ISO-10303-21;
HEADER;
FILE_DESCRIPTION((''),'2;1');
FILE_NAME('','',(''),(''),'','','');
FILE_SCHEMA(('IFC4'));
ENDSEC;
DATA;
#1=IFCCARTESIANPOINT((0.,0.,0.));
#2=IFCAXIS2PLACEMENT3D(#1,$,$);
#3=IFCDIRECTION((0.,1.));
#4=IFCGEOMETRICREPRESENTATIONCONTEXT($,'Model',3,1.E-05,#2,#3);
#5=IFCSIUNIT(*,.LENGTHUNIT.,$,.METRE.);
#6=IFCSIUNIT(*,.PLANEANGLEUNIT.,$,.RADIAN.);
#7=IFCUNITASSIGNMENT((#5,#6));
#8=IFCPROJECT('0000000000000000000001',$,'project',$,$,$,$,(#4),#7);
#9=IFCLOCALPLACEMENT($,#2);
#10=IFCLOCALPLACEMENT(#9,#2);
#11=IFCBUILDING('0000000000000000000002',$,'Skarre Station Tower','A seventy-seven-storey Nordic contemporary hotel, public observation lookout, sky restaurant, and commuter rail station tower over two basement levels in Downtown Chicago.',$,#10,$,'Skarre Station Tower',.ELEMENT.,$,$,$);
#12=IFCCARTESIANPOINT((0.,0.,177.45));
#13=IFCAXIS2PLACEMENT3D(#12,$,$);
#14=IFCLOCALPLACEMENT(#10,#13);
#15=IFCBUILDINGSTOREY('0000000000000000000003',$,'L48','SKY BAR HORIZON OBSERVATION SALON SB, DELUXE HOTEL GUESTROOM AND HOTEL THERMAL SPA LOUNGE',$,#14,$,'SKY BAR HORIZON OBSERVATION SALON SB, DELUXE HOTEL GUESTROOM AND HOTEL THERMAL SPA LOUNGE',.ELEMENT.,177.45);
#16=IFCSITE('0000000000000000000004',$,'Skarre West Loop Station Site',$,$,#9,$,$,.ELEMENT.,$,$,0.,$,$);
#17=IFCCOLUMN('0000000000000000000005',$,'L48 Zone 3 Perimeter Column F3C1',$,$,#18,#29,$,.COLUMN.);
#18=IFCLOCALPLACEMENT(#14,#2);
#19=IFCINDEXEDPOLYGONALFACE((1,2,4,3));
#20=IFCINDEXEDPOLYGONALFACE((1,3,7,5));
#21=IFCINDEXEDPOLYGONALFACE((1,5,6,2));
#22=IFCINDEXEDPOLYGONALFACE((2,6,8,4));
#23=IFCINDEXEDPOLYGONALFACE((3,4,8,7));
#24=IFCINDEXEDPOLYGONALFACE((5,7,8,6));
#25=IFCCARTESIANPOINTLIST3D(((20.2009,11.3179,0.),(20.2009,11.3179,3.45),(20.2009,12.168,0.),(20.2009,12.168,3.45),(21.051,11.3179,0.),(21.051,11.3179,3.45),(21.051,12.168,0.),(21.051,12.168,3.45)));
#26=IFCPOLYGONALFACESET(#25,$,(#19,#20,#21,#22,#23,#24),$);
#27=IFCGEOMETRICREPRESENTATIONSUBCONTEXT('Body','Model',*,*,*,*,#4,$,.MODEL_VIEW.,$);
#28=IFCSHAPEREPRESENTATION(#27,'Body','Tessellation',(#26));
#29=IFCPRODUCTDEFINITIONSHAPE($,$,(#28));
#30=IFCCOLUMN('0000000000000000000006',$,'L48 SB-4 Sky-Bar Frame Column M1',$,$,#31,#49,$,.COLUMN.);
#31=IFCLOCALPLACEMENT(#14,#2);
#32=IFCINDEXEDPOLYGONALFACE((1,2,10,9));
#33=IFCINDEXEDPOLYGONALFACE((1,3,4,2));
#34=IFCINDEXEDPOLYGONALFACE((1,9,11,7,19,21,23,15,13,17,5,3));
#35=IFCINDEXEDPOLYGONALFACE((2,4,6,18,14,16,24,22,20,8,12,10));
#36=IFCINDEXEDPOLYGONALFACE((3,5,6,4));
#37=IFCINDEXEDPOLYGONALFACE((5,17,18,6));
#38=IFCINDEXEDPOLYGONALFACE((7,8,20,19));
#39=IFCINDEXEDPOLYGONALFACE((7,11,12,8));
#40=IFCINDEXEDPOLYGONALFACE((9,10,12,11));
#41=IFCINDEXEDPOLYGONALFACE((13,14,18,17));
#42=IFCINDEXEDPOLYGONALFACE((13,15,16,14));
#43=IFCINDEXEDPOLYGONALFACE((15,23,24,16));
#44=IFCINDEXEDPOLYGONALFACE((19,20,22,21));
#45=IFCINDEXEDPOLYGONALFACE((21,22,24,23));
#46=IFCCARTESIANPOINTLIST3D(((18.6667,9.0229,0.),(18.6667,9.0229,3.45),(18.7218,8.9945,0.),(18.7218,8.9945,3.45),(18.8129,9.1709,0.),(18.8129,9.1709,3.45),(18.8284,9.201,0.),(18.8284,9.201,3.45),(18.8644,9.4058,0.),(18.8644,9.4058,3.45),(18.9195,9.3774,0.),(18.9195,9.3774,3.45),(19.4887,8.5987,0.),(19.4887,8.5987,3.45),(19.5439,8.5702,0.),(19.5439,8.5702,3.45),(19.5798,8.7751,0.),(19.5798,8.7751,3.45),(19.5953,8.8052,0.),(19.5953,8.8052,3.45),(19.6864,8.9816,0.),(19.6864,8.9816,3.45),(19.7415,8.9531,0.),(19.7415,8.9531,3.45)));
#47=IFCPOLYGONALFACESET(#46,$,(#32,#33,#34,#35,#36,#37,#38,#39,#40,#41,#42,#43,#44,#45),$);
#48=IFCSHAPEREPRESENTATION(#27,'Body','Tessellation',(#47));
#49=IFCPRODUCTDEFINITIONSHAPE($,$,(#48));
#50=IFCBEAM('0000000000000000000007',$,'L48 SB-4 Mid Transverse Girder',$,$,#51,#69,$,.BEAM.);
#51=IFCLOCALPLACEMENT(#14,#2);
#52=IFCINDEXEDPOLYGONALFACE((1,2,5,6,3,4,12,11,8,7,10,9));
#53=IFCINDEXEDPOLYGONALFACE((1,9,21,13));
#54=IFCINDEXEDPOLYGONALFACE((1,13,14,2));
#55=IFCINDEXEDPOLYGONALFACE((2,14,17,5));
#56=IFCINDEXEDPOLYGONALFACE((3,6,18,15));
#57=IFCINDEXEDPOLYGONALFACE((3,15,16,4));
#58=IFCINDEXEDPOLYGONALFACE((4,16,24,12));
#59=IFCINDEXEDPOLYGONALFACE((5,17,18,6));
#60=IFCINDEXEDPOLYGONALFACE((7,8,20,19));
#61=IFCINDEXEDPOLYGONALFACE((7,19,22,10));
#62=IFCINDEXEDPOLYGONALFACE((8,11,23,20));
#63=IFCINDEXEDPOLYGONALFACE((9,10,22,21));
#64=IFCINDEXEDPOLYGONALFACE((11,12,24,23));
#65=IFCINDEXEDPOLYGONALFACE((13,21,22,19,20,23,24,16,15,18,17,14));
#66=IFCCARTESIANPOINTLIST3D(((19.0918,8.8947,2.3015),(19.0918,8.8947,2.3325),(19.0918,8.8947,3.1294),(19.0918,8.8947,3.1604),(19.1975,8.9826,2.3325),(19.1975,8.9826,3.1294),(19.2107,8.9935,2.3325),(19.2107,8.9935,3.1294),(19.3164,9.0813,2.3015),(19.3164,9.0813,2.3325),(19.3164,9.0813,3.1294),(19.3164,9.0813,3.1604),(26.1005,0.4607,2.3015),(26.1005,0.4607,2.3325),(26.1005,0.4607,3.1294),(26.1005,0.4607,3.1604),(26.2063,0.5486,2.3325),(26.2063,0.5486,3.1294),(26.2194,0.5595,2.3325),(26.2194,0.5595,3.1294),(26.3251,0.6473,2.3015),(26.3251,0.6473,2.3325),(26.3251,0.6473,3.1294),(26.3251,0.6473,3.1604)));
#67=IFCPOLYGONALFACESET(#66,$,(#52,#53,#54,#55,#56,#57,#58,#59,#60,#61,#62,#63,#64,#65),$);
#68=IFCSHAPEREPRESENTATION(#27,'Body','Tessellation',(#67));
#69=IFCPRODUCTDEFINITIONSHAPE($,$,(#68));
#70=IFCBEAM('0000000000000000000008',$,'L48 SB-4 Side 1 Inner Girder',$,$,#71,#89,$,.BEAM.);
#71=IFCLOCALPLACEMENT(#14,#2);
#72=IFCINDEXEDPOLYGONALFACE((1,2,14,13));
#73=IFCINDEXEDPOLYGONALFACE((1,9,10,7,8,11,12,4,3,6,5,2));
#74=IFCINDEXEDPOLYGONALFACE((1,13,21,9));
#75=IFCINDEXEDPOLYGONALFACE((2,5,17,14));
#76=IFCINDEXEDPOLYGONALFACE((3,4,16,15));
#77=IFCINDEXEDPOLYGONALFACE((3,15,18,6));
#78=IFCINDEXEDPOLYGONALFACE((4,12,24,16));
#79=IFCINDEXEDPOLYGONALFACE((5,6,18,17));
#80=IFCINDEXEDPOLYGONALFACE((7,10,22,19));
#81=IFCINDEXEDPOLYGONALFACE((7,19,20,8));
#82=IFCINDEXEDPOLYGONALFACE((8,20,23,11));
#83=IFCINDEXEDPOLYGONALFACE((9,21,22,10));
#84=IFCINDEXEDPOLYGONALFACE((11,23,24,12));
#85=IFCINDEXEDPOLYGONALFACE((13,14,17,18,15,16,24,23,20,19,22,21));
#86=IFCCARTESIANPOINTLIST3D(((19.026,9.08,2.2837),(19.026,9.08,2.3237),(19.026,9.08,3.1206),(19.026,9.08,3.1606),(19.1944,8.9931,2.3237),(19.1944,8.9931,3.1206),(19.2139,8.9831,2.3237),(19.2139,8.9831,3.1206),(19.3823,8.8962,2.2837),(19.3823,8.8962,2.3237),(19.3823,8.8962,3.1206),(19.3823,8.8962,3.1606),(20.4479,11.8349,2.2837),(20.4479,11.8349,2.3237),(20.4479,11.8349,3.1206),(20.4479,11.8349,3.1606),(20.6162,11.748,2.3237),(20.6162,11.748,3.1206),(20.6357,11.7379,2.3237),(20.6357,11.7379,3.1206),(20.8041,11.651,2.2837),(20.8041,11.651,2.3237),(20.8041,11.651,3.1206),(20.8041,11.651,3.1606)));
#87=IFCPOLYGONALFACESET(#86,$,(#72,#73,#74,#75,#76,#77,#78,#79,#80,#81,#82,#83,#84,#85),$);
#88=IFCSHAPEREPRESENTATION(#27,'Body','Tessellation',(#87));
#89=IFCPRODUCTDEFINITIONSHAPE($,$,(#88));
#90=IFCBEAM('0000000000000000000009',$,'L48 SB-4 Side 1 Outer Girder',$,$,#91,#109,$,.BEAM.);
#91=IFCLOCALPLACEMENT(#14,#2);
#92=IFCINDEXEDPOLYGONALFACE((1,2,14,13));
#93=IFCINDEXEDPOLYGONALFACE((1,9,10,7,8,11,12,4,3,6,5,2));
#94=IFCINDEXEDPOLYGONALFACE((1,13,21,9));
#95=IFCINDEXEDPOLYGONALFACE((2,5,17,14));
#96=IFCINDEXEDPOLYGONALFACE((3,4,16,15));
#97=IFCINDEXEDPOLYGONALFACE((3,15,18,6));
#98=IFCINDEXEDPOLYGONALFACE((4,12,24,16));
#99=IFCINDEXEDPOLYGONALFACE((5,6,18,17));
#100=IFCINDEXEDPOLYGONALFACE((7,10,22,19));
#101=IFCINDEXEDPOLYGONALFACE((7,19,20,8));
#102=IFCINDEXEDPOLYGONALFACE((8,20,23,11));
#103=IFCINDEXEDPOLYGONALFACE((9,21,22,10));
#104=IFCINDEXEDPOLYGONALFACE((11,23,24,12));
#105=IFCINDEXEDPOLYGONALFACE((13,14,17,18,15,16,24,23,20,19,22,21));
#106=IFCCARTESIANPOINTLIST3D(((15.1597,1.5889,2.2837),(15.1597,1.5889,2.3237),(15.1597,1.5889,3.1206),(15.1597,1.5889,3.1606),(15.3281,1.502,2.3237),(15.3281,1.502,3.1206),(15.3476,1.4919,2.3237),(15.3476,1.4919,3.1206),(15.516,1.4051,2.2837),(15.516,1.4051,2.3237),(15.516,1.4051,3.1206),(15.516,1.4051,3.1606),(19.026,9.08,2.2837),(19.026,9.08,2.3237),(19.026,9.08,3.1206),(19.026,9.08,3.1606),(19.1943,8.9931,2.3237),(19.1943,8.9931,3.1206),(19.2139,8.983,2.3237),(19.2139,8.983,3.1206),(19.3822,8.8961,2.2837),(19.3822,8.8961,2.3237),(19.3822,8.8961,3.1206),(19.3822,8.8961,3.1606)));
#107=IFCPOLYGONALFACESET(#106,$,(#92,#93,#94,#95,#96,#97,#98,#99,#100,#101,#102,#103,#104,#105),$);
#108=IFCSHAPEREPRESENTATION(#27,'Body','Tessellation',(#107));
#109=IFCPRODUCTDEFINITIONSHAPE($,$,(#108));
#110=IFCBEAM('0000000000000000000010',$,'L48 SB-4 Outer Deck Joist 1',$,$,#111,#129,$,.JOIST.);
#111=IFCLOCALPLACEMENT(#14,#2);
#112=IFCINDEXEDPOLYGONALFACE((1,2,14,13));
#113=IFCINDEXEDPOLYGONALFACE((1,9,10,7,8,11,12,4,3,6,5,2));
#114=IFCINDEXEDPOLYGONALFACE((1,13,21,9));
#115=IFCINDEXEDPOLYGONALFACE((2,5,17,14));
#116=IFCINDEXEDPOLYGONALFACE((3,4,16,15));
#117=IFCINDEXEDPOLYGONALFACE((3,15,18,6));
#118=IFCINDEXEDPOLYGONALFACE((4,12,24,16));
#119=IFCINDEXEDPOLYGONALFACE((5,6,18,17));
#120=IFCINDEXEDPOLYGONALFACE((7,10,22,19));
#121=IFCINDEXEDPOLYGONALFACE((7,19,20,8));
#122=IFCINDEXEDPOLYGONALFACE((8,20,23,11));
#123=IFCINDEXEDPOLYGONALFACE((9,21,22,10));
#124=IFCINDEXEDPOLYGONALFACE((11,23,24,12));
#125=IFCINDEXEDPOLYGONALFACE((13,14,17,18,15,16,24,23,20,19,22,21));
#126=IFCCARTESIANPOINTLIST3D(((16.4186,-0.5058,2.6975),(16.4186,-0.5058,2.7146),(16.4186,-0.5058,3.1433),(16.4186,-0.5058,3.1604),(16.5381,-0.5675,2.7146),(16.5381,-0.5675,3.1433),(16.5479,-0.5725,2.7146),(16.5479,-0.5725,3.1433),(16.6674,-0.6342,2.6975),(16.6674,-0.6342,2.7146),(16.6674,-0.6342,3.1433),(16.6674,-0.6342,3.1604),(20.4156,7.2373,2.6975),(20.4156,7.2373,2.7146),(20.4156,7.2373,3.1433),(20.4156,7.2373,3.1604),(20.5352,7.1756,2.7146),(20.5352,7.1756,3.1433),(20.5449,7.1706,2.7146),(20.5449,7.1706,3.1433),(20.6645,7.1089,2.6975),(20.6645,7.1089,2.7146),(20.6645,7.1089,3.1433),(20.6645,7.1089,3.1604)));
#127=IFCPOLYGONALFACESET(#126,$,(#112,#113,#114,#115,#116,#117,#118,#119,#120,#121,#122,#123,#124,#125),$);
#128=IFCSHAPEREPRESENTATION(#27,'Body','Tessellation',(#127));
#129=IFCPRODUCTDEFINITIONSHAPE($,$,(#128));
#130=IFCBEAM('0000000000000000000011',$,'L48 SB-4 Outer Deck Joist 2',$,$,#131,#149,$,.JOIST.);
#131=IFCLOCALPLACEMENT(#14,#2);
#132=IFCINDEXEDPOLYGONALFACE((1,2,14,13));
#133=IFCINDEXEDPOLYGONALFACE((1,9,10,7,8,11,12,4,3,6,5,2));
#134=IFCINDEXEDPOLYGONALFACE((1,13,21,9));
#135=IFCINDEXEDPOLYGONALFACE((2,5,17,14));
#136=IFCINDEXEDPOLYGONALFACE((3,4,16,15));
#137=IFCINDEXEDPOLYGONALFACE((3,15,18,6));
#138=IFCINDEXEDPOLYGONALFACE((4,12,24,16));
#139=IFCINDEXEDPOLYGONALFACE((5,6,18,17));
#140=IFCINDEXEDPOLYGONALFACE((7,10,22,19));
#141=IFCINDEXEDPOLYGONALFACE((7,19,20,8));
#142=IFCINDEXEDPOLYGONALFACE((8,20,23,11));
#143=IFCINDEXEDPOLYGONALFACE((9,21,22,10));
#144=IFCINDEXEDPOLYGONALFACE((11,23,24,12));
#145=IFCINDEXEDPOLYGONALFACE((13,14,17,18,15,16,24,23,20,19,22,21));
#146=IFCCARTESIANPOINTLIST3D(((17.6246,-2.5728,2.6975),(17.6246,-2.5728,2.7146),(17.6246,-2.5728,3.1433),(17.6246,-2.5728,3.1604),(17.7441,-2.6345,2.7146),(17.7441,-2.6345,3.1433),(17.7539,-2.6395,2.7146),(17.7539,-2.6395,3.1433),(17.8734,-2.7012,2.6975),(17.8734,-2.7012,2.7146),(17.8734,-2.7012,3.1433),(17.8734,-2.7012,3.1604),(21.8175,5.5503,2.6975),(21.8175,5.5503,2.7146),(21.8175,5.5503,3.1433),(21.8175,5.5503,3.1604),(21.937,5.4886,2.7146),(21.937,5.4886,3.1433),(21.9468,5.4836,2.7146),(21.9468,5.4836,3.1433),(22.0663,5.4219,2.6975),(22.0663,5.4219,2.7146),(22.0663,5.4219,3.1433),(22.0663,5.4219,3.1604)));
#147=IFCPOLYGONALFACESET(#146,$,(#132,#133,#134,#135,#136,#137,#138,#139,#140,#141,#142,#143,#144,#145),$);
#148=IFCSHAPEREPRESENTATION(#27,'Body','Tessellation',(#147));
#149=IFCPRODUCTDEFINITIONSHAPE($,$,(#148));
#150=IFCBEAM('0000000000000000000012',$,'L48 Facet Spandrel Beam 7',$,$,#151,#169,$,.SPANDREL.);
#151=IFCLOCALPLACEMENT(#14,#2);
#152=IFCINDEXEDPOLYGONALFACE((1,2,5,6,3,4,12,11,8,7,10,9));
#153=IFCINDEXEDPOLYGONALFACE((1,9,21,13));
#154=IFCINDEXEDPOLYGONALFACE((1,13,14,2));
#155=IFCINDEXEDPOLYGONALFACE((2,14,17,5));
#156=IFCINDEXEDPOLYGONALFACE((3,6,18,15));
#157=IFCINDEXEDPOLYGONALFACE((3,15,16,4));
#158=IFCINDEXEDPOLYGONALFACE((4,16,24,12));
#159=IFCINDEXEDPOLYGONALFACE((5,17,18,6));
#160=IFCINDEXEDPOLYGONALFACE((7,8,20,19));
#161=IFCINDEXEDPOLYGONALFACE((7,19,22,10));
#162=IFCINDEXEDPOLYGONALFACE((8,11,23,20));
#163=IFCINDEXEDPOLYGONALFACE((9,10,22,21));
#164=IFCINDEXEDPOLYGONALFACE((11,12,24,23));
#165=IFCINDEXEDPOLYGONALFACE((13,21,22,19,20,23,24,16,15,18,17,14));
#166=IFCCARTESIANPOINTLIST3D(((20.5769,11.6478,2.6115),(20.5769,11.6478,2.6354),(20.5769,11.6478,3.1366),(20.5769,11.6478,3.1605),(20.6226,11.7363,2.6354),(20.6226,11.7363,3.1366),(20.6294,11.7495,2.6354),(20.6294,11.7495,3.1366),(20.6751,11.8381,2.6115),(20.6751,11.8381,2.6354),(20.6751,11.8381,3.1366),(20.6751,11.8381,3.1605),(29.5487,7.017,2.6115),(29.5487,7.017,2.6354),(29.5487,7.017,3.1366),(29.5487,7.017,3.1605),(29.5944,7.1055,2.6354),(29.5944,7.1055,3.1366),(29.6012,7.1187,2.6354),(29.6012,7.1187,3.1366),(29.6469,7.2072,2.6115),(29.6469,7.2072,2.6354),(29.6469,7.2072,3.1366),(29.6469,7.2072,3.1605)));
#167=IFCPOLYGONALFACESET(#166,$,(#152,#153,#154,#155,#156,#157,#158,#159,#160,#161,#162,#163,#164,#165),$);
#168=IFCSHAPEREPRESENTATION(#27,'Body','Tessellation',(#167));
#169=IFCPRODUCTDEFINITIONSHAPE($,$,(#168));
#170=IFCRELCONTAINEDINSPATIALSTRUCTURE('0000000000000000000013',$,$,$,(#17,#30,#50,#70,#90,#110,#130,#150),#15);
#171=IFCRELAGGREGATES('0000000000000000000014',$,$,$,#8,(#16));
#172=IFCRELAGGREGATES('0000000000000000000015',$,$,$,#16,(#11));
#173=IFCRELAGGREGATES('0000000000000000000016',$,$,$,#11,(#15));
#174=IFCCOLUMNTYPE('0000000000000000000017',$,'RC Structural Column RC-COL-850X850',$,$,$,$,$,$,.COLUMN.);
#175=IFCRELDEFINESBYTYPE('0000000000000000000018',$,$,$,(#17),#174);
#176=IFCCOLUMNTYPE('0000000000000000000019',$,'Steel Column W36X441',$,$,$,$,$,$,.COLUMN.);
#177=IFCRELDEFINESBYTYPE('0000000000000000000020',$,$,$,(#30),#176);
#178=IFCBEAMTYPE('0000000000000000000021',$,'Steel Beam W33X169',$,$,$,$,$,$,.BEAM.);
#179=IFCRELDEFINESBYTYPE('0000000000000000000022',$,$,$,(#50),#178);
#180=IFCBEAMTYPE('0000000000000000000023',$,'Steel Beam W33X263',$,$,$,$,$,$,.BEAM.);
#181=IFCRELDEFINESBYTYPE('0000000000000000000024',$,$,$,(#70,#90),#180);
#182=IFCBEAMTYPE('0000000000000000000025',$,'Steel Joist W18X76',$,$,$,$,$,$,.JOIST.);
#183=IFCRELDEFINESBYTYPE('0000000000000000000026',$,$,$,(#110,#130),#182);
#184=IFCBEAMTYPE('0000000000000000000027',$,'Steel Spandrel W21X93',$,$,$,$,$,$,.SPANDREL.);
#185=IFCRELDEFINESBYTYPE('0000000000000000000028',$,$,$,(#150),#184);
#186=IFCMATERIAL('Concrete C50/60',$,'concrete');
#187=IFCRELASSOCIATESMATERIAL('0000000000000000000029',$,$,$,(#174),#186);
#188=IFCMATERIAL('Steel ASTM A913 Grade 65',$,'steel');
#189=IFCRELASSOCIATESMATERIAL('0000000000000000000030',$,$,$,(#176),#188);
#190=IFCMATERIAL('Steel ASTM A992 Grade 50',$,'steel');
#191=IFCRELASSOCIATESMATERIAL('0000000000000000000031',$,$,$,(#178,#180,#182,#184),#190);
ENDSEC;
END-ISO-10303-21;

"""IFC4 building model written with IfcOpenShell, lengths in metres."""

from ifc_helpers import new_model, si_unit, direction, frame, origin, origin_2d, place, context, subcontext, project, spatial, rectangle, i_section, extrude, material, material_profile, profile_set, type_object, element, save


model = new_model("IFC4")

# Units and contexts
model_context = context("Model", 3, precision=1e-05, world=origin(), true_north=direction((0.0, 1.0)))
body_context = subcontext(model_context, "Body", "Model", "MODEL_VIEW")
ifc_project = project(units=[si_unit("LENGTHUNIT", "METRE"), si_unit("PLANEANGLEUNIT", "RADIAN")], contexts=[model_context])

# Site, building, storey
site_placement = place(None, origin())
site = spatial("IfcSite", under=ifc_project, at=site_placement, Name="Skarre West Loop Station Site", CompositionType="ELEMENT", RefElevation=0.0)
building_placement = place(site_placement, origin())
building = spatial("IfcBuilding", under=site, at=building_placement, Name="Skarre Station Tower", Description="A seventy-seven-storey Nordic contemporary hotel, public observation lookout, sky restaurant, and commuter rail station tower over two basement levels in Downtown Chicago.", LongName="Skarre Station Tower", CompositionType="ELEMENT")
storey_placement = place(building_placement, frame((0.0, 0.0, 177.45)))
storey = spatial("IfcBuildingStorey", under=building, at=storey_placement, Name="L48", Description="SKY BAR HORIZON OBSERVATION SALON SB, DELUXE HOTEL GUESTROOM AND HOTEL THERMAL SPA LOUNGE", LongName="SKY BAR HORIZON OBSERVATION SALON SB, DELUXE HOTEL GUESTROOM AND HOTEL THERMAL SPA LOUNGE", CompositionType="ELEMENT", Elevation=177.45)

# Columns
ifc_material_1 = material(Name="Concrete C50/60", Category="concrete")
ifc_material_profile_1 = material_profile(ifc_material_1, rectangle(XDim=0.8501, YDim=0.8501, at=origin_2d()), Name="Concrete C50/60")
ifc_profile_set_1 = profile_set([ifc_material_profile_1], Name="Concrete C50/60")
column_type_1 = type_object("IfcColumnType", Name="RC Structural Column RC-COL-850X850", PredefinedType="COLUMN", material=ifc_profile_set_1)
column_1_placement = place(storey_placement, frame((20.626, 11.7429, 0.0), z_axis=(0.0, 0.0, 1.0), x_axis=(1.0, 0.0, 0.0)))
element("IfcColumn", 1, at=column_1_placement, inside=storey, type_object=column_type_1, Name="L48 Zone 3 Perimeter Column F3C1", PredefinedType="COLUMN", context=body_context, shape_type="SweptSolid", body=[
    extrude(rectangle(XDim=0.8501, YDim=0.8501, at=origin_2d()), origin(), (0.0, 0.0, 1.0), 3.45),
])
ifc_material_2 = material(Name="Steel ASTM A913 Grade 65", Category="steel")
ifc_material_profile_2 = material_profile(ifc_material_2, i_section(OverallWidth=0.4309, OverallDepth=0.9871, WebThickness=0.0339, FlangeThickness=0.062, at=origin_2d()), Name="Steel ASTM A913 Grade 65")
ifc_profile_set_2 = profile_set([ifc_material_profile_2], Name="Steel ASTM A913 Grade 65")
column_type_2 = type_object("IfcColumnType", Name="Steel Column W36X441", PredefinedType="COLUMN", material=ifc_profile_set_2)
column_2_placement = place(storey_placement, frame((19.2041, 8.988, 0.0), z_axis=(0.0, 0.0, 1.0), x_axis=(-0.458634, -0.888625, 0.0)))
element("IfcColumn", 2, at=column_2_placement, inside=storey, type_object=column_type_2, Name="L48 SB-4 Sky-Bar Frame Column M1", PredefinedType="COLUMN", context=body_context, shape_type="SweptSolid", body=[
    extrude(i_section(OverallWidth=0.4309, OverallDepth=0.9871, WebThickness=0.0339, FlangeThickness=0.062, at=origin_2d()), origin(), (0.0, 0.0, 1.0), 3.45),
])

# Beams
ifc_material_3 = material(Name="Steel ASTM A992 Grade 50", Category="steel")
ifc_material_profile_3 = material_profile(ifc_material_3, i_section(OverallWidth=0.292, OverallDepth=0.8589, WebThickness=0.0171, FlangeThickness=0.031, at=origin_2d()), Name="Steel ASTM A992 Grade 50")
ifc_profile_set_3 = profile_set([ifc_material_profile_3], Name="Steel ASTM A992 Grade 50")
beam_type_1 = type_object("IfcBeamType", Name="Steel Beam W33X169", PredefinedType="BEAM", material=ifc_profile_set_3)
beam_1_placement = place(storey_placement, frame((19.2041, 8.988, 2.731), z_axis=(0.639128, -0.7691, 0.0), x_axis=(0.7691, 0.639128, 0.0)))
element("IfcBeam", 3, at=beam_1_placement, inside=storey, type_object=beam_type_1, Name="L48 SB-4 Mid Transverse Girder", PredefinedType="BEAM", context=body_context, shape_type="SweptSolid", body=[
    extrude(i_section(OverallWidth=0.292, OverallDepth=0.8589, WebThickness=0.0171, FlangeThickness=0.031, at=origin_2d()), origin(), (0.0, 0.0, 1.0), 10.9661),
])
ifc_material_profile_4 = material_profile(ifc_material_3, i_section(OverallWidth=0.4009, OverallDepth=0.877, WebThickness=0.022, FlangeThickness=0.04, at=origin_2d()), Name="Steel ASTM A992 Grade 50")
ifc_profile_set_4 = profile_set([ifc_material_profile_4], Name="Steel ASTM A992 Grade 50")
beam_type_2 = type_object("IfcBeamType", Name="Steel Beam W33X263", PredefinedType="BEAM", material=ifc_profile_set_4)
beam_2_placement = place(storey_placement, frame((20.626, 11.7429, 2.7222), z_axis=(-0.458643, -0.888621, 0.0), x_axis=(0.888621, -0.458643, 0.0)))
element("IfcBeam", 4, at=beam_2_placement, inside=storey, type_object=beam_type_2, Name="L48 SB-4 Side 1 Inner Girder", PredefinedType="BEAM", context=body_context, shape_type="SweptSolid", body=[
    extrude(i_section(OverallWidth=0.4009, OverallDepth=0.877, WebThickness=0.022, FlangeThickness=0.04, at=origin_2d()), origin(), (0.0, 0.0, 1.0), 3.1001),
])
beam_3_placement = place(storey_placement, frame((19.2041, 8.988, 2.7222), z_axis=(-0.458634, -0.888625, 0.0), x_axis=(0.888625, -0.458634, 0.0)))
element("IfcBeam", 5, at=beam_3_placement, inside=storey, type_object=beam_type_2, Name="L48 SB-4 Side 1 Outer Girder", PredefinedType="BEAM", context=body_context, shape_type="SweptSolid", body=[
    extrude(i_section(OverallWidth=0.4009, OverallDepth=0.877, WebThickness=0.022, FlangeThickness=0.04, at=origin_2d()), origin(), (0.0, 0.0, 1.0), 8.4299),
])
ifc_material_profile_5 = material_profile(ifc_material_3, i_section(OverallWidth=0.28, OverallDepth=0.4629, WebThickness=0.011, FlangeThickness=0.0171, at=origin_2d()), Name="Steel ASTM A992 Grade 50")
ifc_profile_set_5 = profile_set([ifc_material_profile_5], Name="Steel ASTM A992 Grade 50")
beam_type_3 = type_object("IfcBeamType", Name="Steel Joist W18X76", PredefinedType="JOIST", material=ifc_profile_set_5)
beam_4_placement = place(storey_placement, frame((20.54, 7.1731, 2.929), z_axis=(-0.458697, -0.888593, 0.0), x_axis=(0.888593, -0.458697, 0.0)))
element("IfcBeam", 6, at=beam_4_placement, inside=storey, type_object=beam_type_3, Name="L48 SB-4 Outer Deck Joist 1", PredefinedType="JOIST", context=body_context, shape_type="SweptSolid", body=[
    extrude(i_section(OverallWidth=0.28, OverallDepth=0.4629, WebThickness=0.011, FlangeThickness=0.0171, at=origin_2d()), origin(), (0.0, 0.0, 1.0), 8.7139),
])
beam_5_placement = place(storey_placement, frame((21.9419, 5.4861, 2.929), z_axis=(-0.458671, -0.888606, 0.0), x_axis=(0.888606, -0.458671, 0.0)))
element("IfcBeam", 7, at=beam_5_placement, inside=storey, type_object=beam_type_3, Name="L48 SB-4 Outer Deck Joist 2", PredefinedType="JOIST", context=body_context, shape_type="SweptSolid", body=[
    extrude(i_section(OverallWidth=0.28, OverallDepth=0.4629, WebThickness=0.011, FlangeThickness=0.0171, at=origin_2d()), origin(), (0.0, 0.0, 1.0), 9.1414),
])
ifc_material_profile_6 = material_profile(ifc_material_3, i_section(OverallWidth=0.2141, OverallDepth=0.5491, WebThickness=0.0149, FlangeThickness=0.0239, at=origin_2d()), Name="Steel ASTM A992 Grade 50")
ifc_profile_set_6 = profile_set([ifc_material_profile_6], Name="Steel ASTM A992 Grade 50")
beam_type_4 = type_object("IfcBeamType", Name="Steel Spandrel W21X93", PredefinedType="SPANDREL", material=ifc_profile_set_6)
beam_6_placement = place(storey_placement, frame((20.626, 11.7429, 2.886), z_axis=(0.888613, -0.458658, 0.0), x_axis=(0.458658, 0.888613, 0.0)))
element("IfcBeam", 8, at=beam_6_placement, inside=storey, type_object=beam_type_4, Name="L48 Facet Spandrel Beam 7", PredefinedType="SPANDREL", context=body_context, shape_type="SweptSolid", body=[
    extrude(i_section(OverallWidth=0.2141, OverallDepth=0.5491, WebThickness=0.0149, FlangeThickness=0.0239, at=origin_2d()), origin(), (0.0, 0.0, 1.0), 10.0964),
])

save(model, "model.ifc")
